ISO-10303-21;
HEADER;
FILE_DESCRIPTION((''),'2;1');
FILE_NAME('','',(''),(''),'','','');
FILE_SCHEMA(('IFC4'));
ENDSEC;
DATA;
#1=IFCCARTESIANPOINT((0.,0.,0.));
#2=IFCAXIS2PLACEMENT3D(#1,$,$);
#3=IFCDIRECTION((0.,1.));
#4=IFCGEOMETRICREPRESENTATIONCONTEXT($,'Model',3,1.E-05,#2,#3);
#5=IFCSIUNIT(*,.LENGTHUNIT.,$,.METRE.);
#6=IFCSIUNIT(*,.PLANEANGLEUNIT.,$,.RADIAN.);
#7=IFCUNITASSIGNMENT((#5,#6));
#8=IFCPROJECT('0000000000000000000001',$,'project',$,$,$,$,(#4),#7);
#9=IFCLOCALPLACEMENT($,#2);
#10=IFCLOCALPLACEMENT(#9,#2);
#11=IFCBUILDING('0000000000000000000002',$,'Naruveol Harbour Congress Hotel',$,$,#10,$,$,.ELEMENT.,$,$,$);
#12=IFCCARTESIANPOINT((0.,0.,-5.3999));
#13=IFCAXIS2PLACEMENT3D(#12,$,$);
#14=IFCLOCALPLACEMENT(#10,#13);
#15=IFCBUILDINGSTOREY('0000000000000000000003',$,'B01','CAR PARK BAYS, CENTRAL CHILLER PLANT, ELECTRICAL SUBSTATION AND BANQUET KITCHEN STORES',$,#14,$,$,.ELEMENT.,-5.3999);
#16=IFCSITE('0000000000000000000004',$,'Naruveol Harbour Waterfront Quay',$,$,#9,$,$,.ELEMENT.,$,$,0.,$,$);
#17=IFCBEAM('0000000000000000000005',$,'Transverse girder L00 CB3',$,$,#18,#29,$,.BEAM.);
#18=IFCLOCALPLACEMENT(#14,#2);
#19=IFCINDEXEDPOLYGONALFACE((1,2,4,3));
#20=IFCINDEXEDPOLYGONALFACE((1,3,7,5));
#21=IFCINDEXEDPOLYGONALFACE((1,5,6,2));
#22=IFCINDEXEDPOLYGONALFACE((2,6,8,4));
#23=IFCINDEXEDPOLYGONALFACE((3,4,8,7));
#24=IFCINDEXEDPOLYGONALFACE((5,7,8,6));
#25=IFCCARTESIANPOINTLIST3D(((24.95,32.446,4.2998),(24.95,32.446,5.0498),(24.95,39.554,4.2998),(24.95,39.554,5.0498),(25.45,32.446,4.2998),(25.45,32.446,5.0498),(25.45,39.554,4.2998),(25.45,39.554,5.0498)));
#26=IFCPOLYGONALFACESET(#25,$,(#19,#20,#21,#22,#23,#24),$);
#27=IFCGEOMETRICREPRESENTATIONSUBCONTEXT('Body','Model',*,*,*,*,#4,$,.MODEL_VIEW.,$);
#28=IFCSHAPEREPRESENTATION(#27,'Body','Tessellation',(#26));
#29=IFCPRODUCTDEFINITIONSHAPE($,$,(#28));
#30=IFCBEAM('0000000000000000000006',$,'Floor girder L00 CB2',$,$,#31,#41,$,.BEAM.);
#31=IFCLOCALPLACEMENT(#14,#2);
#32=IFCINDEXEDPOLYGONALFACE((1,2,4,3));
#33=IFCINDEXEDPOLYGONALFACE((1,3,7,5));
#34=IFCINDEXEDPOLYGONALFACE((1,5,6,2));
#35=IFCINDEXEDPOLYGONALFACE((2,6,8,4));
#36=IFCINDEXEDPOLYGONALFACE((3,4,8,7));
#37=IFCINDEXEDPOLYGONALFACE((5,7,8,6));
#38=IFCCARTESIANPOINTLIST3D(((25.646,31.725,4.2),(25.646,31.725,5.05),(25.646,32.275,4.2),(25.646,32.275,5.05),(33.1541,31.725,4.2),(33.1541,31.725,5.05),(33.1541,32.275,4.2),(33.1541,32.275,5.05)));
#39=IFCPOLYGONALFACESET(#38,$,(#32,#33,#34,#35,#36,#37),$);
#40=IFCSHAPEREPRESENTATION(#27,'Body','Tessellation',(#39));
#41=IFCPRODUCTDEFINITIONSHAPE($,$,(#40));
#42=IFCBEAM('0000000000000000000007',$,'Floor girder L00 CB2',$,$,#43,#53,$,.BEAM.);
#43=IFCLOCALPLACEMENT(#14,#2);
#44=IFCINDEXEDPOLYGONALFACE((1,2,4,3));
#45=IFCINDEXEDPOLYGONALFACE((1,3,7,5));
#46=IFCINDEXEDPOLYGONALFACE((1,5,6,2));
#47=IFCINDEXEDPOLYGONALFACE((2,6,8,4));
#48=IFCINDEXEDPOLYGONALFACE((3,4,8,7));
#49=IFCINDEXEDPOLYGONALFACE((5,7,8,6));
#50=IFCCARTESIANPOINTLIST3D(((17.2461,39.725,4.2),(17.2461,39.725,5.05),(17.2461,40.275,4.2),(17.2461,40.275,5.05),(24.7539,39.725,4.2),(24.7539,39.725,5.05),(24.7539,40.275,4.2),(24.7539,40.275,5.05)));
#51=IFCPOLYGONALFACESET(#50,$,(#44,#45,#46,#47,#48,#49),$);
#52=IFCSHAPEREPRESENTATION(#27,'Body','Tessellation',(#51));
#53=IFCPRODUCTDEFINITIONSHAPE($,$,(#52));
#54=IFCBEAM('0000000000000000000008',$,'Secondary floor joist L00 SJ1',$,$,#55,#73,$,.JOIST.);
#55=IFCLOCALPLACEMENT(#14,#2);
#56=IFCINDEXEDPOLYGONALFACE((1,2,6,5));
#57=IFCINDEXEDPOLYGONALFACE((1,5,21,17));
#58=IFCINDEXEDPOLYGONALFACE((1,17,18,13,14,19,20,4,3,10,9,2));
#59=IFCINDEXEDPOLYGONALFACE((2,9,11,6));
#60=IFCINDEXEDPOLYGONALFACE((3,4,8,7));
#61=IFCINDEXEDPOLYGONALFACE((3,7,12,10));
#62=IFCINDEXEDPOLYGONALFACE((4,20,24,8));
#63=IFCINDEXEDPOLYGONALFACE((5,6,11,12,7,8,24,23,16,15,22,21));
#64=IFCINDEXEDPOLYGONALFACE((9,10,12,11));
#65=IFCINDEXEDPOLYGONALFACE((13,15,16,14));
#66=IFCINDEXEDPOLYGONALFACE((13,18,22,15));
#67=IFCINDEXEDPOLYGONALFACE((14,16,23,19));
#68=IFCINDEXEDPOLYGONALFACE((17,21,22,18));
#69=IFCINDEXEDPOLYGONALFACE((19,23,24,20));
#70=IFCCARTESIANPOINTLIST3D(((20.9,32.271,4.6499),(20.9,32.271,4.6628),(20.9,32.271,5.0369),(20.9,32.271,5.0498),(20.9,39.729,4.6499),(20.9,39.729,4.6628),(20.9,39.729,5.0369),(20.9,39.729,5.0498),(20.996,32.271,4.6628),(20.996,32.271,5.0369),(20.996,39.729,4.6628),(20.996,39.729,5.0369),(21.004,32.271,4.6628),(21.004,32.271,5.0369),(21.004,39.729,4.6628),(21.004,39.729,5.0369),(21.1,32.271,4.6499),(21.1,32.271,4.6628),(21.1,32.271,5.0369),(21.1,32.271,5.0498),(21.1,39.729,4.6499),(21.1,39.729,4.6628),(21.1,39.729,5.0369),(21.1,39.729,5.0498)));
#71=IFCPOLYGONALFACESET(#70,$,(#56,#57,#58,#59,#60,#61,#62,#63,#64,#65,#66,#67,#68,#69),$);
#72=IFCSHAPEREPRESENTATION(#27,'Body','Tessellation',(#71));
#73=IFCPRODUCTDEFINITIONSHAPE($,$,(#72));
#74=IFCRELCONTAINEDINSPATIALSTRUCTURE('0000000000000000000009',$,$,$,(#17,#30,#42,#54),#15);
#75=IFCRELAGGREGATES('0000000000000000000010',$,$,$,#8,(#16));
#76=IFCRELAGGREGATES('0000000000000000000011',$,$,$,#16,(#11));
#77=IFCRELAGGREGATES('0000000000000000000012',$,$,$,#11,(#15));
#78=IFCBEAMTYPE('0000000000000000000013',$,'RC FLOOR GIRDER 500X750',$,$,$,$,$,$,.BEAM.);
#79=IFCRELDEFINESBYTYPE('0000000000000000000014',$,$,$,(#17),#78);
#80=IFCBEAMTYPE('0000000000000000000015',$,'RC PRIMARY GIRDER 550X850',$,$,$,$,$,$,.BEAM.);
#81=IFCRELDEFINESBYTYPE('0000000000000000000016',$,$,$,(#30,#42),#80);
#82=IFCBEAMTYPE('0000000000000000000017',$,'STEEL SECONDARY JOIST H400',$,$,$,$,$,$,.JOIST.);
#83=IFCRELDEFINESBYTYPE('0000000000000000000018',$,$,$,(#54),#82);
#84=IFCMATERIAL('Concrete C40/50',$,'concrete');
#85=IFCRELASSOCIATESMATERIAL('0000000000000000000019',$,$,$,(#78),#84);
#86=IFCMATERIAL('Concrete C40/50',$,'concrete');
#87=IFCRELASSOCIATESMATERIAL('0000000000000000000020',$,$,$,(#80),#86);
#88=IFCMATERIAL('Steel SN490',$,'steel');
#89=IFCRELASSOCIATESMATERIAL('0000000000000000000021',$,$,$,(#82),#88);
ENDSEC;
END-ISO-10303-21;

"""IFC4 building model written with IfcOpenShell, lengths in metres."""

from ifc_helpers import new_model, si_unit, direction, frame, origin, origin_2d, place, context, subcontext, project, spatial, rectangle, i_section, extrude, material, material_profile, profile_set, type_object, element, save


model = new_model("IFC4")

# Units and contexts
model_context = context("Model", 3, precision=1e-05, world=origin(), true_north=direction((0.0, 1.0)))
body_context = subcontext(model_context, "Body", "Model", "MODEL_VIEW")
ifc_project = project(units=[si_unit("LENGTHUNIT", "METRE"), si_unit("PLANEANGLEUNIT", "RADIAN")], contexts=[model_context])

# Site, building, storey
site_placement = place(None, origin())
site = spatial("IfcSite", under=ifc_project, at=site_placement, Name="Naruveol Harbour Waterfront Quay", CompositionType="ELEMENT", RefElevation=0.0)
building_placement = place(site_placement, origin())
building = spatial("IfcBuilding", under=site, at=building_placement, Name="Naruveol Harbour Congress Hotel", CompositionType="ELEMENT")
storey_placement = place(building_placement, frame((0.0, 0.0, -5.3999)))
storey = spatial("IfcBuildingStorey", under=building, at=storey_placement, Name="B01", Description="CAR PARK BAYS, CENTRAL CHILLER PLANT, ELECTRICAL SUBSTATION AND BANQUET KITCHEN STORES", CompositionType="ELEMENT", Elevation=-5.3999)

# Beams
ifc_material_1 = material(Name="Concrete C40/50", Category="concrete")
ifc_material_profile_1 = material_profile(ifc_material_1, rectangle(XDim=0.5, YDim=0.75, at=origin_2d()), Name="RCB-500x750")
ifc_profile_set_1 = profile_set([ifc_material_profile_1], Name="Concrete C40/50")
beam_type_1 = type_object("IfcBeamType", Name="RC FLOOR GIRDER 500X750", PredefinedType="BEAM", material=ifc_profile_set_1)
for number, where, z_axis, x_axis, name in (
    (1, (25.2, 32.446, 4.6748), (0.0, 1.0, 0.0), (-1.0, 0.0, 0.0), "Transverse girder L00 CB3"),
):
    element("IfcBeam", number, at=place(storey_placement, frame(where, z_axis=z_axis, x_axis=x_axis)), inside=storey, type_object=beam_type_1, Name=name, PredefinedType="BEAM", context=body_context, shape_type="SweptSolid", body=[
        extrude(rectangle(XDim=0.5, YDim=0.75, at=origin_2d()), origin(), (0.0, 0.0, 1.0), 7.1079),
    ])
ifc_material_2 = material(Name="Concrete C40/50", Category="concrete")
ifc_material_profile_2 = material_profile(ifc_material_2, rectangle(XDim=0.55, YDim=0.8501, at=origin_2d()), Name="RCB-550x850")
ifc_profile_set_2 = profile_set([ifc_material_profile_2], Name="Concrete C40/50")
beam_type_2 = type_object("IfcBeamType", Name="RC PRIMARY GIRDER 550X850", PredefinedType="BEAM", material=ifc_profile_set_2)
beam_1_placement = place(storey_placement, frame((25.646, 32.0, 4.625), z_axis=(1.0, 0.0, 0.0), x_axis=(0.0, 1.0, 0.0)))
element("IfcBeam", 2, at=beam_1_placement, inside=storey, type_object=beam_type_2, Name="Floor girder L00 CB2", PredefinedType="BEAM", context=body_context, shape_type="SweptSolid", body=[
    extrude(rectangle(XDim=0.55, YDim=0.8501, at=origin_2d()), origin(), (0.0, 0.0, 1.0), 7.5081),
])
beam_2_placement = place(storey_placement, frame((17.2461, 40.0, 4.625), z_axis=(1.0, 0.0, 0.0), x_axis=(0.0, 1.0, 0.0)))
element("IfcBeam", 3, at=beam_2_placement, inside=storey, type_object=beam_type_2, Name="Floor girder L00 CB2", PredefinedType="BEAM", context=body_context, shape_type="SweptSolid", body=[
    extrude(rectangle(XDim=0.55, YDim=0.8501, at=origin_2d()), origin(), (0.0, 0.0, 1.0), 7.5078),
])
ifc_material_3 = material(Name="Steel SN490", Category="steel")
ifc_material_profile_3 = material_profile(ifc_material_3, i_section(OverallWidth=0.2, OverallDepth=0.3999, WebThickness=0.0081, FlangeThickness=0.0129, at=origin_2d()), Name="H-400x200x8x13")
ifc_profile_set_3 = profile_set([ifc_material_profile_3], Name="Steel SN490")
beam_type_3 = type_object("IfcBeamType", Name="STEEL SECONDARY JOIST H400", PredefinedType="JOIST", material=ifc_profile_set_3)
beam_3_placement = place(storey_placement, frame((21.0, 32.271, 4.8499), z_axis=(0.0, 1.0, 0.0), x_axis=(-1.0, 0.0, 0.0)))
element("IfcBeam", 4, at=beam_3_placement, inside=storey, type_object=beam_type_3, Name="Secondary floor joist L00 SJ1", PredefinedType="JOIST", context=body_context, shape_type="SweptSolid", body=[
    extrude(i_section(OverallWidth=0.2, OverallDepth=0.3999, WebThickness=0.0081, FlangeThickness=0.0129, at=origin_2d()), origin(), (0.0, 0.0, 1.0), 7.458),
])

save(model, "model.ifc")
